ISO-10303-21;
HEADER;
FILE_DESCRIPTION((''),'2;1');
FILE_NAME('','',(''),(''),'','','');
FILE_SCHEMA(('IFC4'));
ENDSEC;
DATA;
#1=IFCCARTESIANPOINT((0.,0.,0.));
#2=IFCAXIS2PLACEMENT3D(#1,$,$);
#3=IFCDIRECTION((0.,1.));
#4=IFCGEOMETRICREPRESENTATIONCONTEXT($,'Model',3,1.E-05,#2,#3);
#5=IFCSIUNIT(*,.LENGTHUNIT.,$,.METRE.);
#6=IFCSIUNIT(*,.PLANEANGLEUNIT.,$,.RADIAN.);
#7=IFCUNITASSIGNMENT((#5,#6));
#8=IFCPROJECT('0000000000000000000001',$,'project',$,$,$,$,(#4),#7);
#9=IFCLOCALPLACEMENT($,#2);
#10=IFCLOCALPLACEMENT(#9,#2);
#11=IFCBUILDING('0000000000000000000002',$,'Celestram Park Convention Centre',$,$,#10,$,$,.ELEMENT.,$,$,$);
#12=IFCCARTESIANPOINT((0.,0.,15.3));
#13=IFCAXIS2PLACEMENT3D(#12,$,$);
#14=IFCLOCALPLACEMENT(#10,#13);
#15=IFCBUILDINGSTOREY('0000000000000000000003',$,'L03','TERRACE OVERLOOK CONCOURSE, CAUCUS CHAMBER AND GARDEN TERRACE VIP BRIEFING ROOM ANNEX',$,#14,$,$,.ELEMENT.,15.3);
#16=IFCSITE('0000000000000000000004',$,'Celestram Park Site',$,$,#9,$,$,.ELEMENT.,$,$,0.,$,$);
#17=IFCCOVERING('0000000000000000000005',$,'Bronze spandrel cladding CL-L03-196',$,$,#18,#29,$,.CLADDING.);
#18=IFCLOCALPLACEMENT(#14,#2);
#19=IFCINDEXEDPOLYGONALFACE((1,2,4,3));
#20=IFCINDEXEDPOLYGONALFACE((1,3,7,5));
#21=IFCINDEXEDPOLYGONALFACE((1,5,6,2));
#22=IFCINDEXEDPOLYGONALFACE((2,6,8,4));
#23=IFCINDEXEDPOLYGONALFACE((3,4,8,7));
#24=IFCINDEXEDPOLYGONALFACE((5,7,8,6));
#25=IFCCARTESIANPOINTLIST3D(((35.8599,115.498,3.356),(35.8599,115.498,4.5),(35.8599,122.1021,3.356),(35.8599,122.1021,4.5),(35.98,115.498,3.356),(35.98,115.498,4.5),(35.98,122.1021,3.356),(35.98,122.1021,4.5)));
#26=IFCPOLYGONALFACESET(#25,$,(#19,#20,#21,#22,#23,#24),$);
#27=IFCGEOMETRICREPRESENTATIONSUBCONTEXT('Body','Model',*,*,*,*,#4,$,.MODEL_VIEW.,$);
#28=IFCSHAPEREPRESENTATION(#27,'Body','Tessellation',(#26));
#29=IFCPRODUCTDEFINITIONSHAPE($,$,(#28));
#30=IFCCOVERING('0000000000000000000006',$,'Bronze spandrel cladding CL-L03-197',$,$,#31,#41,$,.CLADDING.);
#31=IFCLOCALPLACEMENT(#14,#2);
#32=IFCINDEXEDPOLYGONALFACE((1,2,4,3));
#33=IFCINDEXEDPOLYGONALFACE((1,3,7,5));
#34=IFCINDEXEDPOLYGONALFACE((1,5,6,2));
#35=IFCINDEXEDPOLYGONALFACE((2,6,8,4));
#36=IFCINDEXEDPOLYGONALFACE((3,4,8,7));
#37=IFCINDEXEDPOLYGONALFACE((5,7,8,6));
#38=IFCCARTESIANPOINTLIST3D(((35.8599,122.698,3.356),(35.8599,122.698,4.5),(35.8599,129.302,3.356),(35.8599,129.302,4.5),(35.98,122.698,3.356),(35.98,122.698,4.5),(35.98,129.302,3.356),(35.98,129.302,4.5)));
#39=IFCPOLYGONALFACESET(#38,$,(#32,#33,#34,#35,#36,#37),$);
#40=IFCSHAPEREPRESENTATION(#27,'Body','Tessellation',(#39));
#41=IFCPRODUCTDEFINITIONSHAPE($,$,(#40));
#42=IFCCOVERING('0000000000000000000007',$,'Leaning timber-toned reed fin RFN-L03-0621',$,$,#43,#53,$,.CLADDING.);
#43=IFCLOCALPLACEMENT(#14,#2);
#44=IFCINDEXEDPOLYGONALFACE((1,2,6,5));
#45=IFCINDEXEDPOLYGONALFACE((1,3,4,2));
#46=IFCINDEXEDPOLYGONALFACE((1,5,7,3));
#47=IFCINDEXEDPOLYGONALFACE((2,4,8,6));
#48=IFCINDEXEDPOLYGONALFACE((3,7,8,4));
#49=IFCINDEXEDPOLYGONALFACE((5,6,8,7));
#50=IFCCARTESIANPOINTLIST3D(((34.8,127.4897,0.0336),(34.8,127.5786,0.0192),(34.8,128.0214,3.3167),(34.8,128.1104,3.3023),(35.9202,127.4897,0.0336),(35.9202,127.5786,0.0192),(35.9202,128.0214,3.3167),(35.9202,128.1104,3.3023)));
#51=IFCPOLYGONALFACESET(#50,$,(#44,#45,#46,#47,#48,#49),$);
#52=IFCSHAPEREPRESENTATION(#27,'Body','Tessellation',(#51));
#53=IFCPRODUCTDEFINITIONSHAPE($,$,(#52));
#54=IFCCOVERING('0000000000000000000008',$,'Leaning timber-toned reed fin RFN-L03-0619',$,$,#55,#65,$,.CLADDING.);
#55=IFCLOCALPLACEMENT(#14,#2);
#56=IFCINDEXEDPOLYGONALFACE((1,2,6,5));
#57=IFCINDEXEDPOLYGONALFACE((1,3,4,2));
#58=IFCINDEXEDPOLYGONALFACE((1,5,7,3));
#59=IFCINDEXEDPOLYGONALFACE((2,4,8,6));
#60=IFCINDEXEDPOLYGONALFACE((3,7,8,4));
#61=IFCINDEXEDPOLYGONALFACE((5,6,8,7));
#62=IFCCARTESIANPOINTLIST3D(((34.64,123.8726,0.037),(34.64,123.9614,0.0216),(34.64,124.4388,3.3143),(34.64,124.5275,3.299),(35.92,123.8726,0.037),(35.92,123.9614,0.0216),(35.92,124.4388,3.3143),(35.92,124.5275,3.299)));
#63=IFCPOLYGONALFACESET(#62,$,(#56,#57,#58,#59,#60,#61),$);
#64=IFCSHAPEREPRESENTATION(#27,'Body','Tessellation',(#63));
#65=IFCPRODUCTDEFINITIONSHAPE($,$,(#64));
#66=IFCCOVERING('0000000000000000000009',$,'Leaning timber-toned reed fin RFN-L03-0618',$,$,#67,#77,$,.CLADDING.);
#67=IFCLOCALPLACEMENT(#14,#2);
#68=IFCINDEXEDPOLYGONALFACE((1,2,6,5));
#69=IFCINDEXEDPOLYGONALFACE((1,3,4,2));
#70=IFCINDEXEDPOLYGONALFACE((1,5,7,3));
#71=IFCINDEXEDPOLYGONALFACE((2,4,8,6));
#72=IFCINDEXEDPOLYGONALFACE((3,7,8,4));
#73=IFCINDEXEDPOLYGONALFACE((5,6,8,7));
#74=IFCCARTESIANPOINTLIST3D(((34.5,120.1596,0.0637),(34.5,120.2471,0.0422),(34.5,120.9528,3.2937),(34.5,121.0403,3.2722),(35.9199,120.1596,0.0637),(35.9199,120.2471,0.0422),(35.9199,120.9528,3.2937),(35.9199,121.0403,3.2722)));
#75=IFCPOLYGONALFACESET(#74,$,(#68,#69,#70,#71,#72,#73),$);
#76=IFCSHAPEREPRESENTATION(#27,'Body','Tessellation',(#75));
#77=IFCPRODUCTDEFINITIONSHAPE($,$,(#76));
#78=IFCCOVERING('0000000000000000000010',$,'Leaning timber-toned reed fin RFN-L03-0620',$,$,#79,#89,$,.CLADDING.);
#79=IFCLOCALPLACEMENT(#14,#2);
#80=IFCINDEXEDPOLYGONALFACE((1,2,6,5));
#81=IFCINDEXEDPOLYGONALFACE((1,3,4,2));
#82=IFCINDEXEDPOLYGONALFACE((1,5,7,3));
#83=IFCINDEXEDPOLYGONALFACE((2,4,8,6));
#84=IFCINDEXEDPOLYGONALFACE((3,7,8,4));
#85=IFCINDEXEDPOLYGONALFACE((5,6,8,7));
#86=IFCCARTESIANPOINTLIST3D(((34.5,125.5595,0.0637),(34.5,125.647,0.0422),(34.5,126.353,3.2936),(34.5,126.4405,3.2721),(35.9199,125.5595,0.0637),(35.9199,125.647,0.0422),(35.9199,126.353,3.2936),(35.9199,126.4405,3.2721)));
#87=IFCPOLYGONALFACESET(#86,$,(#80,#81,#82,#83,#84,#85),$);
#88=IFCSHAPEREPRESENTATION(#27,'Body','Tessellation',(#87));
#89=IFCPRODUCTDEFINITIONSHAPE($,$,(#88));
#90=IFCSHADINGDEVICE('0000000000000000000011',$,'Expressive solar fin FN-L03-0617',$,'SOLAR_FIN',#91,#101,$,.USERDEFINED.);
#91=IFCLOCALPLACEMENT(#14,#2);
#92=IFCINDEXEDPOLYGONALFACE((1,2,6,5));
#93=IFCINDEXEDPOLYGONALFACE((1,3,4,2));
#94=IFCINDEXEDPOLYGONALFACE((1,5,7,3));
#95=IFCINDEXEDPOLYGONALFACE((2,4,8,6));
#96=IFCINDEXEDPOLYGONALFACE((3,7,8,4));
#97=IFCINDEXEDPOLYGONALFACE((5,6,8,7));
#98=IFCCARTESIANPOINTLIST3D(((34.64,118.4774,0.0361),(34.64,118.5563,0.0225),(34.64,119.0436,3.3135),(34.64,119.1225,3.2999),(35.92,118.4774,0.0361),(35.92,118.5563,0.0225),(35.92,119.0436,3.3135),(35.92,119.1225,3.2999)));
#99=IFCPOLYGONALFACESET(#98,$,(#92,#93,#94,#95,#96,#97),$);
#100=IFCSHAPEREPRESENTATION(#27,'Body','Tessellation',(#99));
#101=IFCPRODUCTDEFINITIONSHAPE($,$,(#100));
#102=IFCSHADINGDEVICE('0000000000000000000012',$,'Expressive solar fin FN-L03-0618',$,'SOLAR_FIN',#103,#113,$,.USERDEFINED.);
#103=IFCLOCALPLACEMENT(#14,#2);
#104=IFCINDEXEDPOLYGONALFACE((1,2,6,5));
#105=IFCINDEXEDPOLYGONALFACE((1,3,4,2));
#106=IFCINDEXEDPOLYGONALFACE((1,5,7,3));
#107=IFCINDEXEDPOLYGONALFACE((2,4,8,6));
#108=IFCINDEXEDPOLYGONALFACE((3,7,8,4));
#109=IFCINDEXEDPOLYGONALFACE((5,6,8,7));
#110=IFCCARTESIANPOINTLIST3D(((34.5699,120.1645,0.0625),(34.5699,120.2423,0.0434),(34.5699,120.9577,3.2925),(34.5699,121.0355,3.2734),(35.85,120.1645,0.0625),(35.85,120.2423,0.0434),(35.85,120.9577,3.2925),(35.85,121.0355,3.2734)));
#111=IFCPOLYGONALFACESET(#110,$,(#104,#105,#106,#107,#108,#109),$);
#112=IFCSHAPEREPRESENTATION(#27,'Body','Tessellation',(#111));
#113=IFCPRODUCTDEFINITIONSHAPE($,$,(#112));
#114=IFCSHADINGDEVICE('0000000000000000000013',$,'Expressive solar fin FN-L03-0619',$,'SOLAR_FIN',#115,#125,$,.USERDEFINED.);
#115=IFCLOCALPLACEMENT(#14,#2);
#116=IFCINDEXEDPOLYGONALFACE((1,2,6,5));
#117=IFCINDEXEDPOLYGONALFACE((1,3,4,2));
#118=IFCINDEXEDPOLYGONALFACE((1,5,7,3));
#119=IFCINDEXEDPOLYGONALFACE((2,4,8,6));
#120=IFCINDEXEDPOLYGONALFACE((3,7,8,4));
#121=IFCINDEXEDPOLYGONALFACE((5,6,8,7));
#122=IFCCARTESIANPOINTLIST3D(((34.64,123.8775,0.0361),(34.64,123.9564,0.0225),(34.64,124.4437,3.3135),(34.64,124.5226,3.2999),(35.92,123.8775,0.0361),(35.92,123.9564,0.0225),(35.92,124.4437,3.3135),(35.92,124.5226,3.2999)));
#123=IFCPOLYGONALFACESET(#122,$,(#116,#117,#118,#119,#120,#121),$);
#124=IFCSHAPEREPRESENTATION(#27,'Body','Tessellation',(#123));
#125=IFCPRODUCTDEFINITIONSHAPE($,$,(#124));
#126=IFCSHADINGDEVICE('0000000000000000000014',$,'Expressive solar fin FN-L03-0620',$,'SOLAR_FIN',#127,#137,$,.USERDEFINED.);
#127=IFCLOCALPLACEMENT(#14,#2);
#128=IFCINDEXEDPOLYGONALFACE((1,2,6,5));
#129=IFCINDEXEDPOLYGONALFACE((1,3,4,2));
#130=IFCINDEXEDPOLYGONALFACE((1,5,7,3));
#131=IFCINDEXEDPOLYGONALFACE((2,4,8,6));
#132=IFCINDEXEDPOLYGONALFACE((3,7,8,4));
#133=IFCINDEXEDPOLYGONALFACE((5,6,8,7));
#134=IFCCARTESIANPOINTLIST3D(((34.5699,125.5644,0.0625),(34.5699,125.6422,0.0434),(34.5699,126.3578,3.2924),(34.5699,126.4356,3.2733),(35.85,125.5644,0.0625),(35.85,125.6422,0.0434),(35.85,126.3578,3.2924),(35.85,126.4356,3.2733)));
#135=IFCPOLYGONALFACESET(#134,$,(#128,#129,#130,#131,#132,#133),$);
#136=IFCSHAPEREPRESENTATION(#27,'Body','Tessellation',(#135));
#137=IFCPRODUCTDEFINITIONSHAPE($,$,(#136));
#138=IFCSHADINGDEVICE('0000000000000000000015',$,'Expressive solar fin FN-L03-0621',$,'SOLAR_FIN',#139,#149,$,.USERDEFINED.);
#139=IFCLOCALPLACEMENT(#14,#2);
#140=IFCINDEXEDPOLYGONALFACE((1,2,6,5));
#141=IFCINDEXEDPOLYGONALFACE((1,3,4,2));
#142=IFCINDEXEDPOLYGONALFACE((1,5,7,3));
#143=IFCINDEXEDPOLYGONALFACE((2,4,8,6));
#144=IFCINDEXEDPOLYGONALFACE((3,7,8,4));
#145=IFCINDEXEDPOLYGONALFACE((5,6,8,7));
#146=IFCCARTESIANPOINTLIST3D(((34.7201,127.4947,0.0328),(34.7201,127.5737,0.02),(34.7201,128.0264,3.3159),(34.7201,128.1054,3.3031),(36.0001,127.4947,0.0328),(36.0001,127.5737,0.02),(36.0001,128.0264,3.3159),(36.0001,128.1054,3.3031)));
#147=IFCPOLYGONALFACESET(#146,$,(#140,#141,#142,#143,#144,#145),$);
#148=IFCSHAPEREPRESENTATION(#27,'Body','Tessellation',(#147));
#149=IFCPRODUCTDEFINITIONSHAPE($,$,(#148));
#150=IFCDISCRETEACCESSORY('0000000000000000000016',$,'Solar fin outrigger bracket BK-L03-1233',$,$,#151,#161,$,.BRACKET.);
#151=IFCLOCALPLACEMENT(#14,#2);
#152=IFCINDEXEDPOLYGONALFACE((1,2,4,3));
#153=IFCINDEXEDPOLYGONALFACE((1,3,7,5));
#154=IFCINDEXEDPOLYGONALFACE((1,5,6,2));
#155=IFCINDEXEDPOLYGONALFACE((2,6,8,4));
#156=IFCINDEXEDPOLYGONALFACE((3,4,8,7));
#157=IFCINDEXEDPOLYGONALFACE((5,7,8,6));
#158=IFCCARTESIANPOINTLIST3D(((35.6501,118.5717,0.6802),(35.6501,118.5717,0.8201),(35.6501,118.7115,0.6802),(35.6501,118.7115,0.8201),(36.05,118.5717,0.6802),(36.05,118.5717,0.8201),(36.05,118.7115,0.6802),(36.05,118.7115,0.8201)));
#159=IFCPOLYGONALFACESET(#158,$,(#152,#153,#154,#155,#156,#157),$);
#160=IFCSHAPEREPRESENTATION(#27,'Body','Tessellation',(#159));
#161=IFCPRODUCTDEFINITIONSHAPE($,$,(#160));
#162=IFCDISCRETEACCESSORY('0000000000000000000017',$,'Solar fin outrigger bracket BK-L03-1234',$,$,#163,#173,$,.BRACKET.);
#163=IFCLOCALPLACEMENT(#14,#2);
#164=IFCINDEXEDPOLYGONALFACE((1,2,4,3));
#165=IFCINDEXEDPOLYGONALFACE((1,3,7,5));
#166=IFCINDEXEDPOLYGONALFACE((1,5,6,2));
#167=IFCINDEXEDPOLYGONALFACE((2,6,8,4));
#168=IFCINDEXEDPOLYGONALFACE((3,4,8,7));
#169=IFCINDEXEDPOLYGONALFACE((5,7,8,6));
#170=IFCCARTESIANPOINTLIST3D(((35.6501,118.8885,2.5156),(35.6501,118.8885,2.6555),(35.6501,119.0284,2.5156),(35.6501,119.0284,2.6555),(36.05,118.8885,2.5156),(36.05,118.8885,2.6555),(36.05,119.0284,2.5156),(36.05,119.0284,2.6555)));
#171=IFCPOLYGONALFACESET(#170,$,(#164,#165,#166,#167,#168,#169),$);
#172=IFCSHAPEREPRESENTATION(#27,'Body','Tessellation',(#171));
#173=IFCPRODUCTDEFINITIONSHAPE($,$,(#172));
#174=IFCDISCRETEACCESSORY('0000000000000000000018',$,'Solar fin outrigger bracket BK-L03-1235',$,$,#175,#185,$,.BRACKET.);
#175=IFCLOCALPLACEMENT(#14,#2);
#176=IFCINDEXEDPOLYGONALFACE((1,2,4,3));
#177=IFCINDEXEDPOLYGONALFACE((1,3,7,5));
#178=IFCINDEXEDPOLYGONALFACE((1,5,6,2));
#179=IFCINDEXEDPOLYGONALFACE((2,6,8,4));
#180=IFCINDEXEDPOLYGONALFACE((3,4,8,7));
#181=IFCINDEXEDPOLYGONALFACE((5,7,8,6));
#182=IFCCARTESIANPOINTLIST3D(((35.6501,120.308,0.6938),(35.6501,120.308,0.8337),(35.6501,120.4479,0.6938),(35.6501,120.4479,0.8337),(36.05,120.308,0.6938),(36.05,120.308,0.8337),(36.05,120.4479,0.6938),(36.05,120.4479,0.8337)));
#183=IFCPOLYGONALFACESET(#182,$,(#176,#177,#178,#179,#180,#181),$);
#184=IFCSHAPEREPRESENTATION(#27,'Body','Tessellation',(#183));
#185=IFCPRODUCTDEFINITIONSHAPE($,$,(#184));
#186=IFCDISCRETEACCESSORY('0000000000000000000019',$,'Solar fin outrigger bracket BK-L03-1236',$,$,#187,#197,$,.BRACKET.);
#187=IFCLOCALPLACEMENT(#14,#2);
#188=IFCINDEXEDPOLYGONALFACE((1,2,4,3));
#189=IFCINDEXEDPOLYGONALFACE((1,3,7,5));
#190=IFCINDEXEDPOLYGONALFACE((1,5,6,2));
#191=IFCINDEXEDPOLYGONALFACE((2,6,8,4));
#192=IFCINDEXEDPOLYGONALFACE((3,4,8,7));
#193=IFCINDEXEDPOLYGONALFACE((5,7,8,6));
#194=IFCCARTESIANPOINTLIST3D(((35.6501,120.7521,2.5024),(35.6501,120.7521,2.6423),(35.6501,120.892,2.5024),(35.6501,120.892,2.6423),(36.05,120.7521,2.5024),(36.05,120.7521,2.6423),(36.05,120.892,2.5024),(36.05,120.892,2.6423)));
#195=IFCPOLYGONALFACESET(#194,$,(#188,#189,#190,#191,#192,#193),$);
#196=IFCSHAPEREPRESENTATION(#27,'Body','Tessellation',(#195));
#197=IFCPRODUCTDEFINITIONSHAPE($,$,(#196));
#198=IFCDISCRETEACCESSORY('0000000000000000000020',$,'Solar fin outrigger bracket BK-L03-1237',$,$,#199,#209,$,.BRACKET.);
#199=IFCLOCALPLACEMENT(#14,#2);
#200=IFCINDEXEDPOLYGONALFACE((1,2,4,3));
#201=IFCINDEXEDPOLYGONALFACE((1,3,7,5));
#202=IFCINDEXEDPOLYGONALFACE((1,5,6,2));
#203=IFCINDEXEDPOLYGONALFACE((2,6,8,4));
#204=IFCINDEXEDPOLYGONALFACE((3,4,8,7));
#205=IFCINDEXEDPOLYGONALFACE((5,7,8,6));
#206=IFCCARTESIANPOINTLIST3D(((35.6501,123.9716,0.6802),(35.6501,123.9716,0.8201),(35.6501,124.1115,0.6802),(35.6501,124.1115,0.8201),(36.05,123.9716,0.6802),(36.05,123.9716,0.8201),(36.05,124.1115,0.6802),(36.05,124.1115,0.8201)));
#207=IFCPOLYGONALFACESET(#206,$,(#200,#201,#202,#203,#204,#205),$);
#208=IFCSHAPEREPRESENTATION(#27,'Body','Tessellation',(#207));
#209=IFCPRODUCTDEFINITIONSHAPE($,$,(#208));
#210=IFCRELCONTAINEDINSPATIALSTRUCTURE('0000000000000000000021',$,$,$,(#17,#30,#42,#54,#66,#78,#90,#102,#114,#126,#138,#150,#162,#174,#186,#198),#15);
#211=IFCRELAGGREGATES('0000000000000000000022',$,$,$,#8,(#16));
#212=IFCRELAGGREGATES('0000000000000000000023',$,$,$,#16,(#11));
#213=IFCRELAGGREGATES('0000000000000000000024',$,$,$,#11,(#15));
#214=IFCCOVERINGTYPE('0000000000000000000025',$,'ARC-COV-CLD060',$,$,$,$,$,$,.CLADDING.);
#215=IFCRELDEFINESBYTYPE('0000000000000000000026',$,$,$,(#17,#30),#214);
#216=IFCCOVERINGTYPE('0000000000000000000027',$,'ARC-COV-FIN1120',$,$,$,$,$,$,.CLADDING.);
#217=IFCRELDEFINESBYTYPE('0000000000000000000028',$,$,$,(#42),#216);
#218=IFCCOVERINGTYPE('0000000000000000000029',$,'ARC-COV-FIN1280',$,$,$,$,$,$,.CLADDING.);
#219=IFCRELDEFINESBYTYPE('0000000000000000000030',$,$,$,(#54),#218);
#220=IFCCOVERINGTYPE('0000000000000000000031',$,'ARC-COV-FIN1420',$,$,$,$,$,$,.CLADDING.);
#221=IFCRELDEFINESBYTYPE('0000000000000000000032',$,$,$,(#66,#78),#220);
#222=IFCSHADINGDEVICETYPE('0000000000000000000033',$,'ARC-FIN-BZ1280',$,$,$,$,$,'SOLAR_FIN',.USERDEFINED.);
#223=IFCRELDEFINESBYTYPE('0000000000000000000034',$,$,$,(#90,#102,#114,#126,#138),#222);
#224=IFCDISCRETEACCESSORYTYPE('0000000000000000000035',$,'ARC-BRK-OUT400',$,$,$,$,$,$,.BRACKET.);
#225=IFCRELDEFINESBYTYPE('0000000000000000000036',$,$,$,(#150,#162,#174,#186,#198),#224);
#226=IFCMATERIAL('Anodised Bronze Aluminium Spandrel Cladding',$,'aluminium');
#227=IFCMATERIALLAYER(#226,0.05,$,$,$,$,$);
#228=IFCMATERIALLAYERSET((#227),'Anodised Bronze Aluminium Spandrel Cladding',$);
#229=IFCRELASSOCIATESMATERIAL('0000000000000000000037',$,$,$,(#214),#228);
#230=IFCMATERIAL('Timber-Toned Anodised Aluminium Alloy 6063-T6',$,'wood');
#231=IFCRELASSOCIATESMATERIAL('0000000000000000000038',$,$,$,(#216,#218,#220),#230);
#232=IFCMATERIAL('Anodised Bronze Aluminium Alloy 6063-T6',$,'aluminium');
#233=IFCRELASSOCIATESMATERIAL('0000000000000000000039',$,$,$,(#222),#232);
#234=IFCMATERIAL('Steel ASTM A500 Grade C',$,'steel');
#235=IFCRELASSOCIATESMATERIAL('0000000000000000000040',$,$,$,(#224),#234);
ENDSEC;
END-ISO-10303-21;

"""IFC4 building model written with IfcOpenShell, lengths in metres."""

from ifc_helpers import new_model, si_unit, direction, frame, origin, origin_2d, place, context, subcontext, project, spatial, rectangle, extrude, material, layer, layer_set, material_profile, profile_set, type_object, element, save


model = new_model("IFC4")

# Units and contexts
model_context = context("Model", 3, precision=1e-05, world=origin(), true_north=direction((0.0, 1.0)))
body_context = subcontext(model_context, "Body", "Model", "MODEL_VIEW")
ifc_project = project(units=[si_unit("LENGTHUNIT", "METRE"), si_unit("PLANEANGLEUNIT", "RADIAN")], contexts=[model_context])

# Site, building, storey
site_placement = place(None, origin())
site = spatial("IfcSite", under=ifc_project, at=site_placement, Name="Celestram Park Site", CompositionType="ELEMENT", RefElevation=0.0)
building_placement = place(site_placement, origin())
building = spatial("IfcBuilding", under=site, at=building_placement, Name="Celestram Park Convention Centre", CompositionType="ELEMENT")
storey_placement = place(building_placement, frame((0.0, 0.0, 15.3)))
storey = spatial("IfcBuildingStorey", under=building, at=storey_placement, Name="L03", Description="TERRACE OVERLOOK CONCOURSE, CAUCUS CHAMBER AND GARDEN TERRACE VIP BRIEFING ROOM ANNEX", CompositionType="ELEMENT", Elevation=15.3)

# Coverings
ifc_material_1 = material(Name="Anodised Bronze Aluminium Spandrel Cladding", Category="aluminium")
ifc_layer = layer(ifc_material_1, 0.05)
ifc_layer_set = layer_set([ifc_layer], Name="Anodised Bronze Aluminium Spandrel Cladding")
covering_type_1 = type_object("IfcCoveringType", Name="ARC-COV-CLD060", PredefinedType="CLADDING", material=ifc_layer_set)
for number, where, z_axis, x_axis, name in (
    (1, (35.9199, 118.8, 3.356), (0.0, 0.0, 1.0), (0.0, 1.0, 0.0), "Bronze spandrel cladding CL-L03-196"),
    (2, (35.9199, 126.0, 3.356), (0.0, 0.0, 1.0), (0.0, 1.0, 0.0), "Bronze spandrel cladding CL-L03-197"),
):
    element("IfcCovering", number, at=place(storey_placement, frame(where, z_axis=z_axis, x_axis=x_axis)), inside=storey, type_object=covering_type_1, Name=name, PredefinedType="CLADDING", context=body_context, shape_type="SweptSolid", body=[
        extrude(rectangle(XDim=6.604, YDim=0.1201, at=origin_2d()), origin(), (0.0, 0.0, 1.0), 1.144),
    ])
ifc_material_2 = material(Name="Timber-Toned Anodised Aluminium Alloy 6063-T6", Category="wood")
ifc_material_profile_1 = material_profile(ifc_material_2, rectangle(XDim=1.1201, YDim=0.0901, at=origin_2d()), Name="REED1120X90")
ifc_profile_set_1 = profile_set([ifc_material_profile_1], Name="Timber-Toned Anodised Aluminium Alloy 6063-T6")
covering_type_2 = type_object("IfcCoveringType", Name="ARC-COV-FIN1120", PredefinedType="CLADDING", material=ifc_profile_set_1)
covering_1_placement = place(storey_placement, frame((35.3601, 127.5342, 0.0264), z_axis=(0.0, 0.159874, 0.987137), x_axis=(-1.0, 0.0, 0.0)))
element("IfcCovering", 3, at=covering_1_placement, inside=storey, type_object=covering_type_2, Name="Leaning timber-toned reed fin RFN-L03-0621", PredefinedType="CLADDING", context=body_context, shape_type="SweptSolid", body=[
    extrude(rectangle(XDim=1.1201, YDim=0.0901, at=origin_2d()), origin(), (0.0, 0.0, 1.0), 3.3259),
])
ifc_material_profile_2 = material_profile(ifc_material_2, rectangle(XDim=1.28, YDim=0.0901, at=origin_2d()), Name="REED1280X90")
ifc_profile_set_2 = profile_set([ifc_material_profile_2], Name="Timber-Toned Anodised Aluminium Alloy 6063-T6")
covering_type_3 = type_object("IfcCoveringType", Name="ARC-COV-FIN1280", PredefinedType="CLADDING", material=ifc_profile_set_2)
covering_2_placement = place(storey_placement, frame((35.28, 123.917, 0.0293), z_axis=(0.0, 0.170229, 0.985405), x_axis=(-1.0, 0.0, 0.0)))
element("IfcCovering", 4, at=covering_2_placement, inside=storey, type_object=covering_type_3, Name="Leaning timber-toned reed fin RFN-L03-0619", PredefinedType="CLADDING", context=body_context, shape_type="SweptSolid", body=[
    extrude(rectangle(XDim=1.28, YDim=0.0901, at=origin_2d()), origin(), (0.0, 0.0, 1.0), 3.3259),
])
ifc_material_profile_3 = material_profile(ifc_material_2, rectangle(XDim=1.4199, YDim=0.0901, at=origin_2d()), Name="REED1420X90")
ifc_profile_set_3 = profile_set([ifc_material_profile_3], Name="Timber-Toned Anodised Aluminium Alloy 6063-T6")
covering_type_4 = type_object("IfcCoveringType", Name="ARC-COV-FIN1420", PredefinedType="CLADDING", material=ifc_profile_set_3)
for number, where, z_axis, x_axis, name in (
    (5, (35.21, 120.2034, 0.053), (0.0, 0.238492, 0.971144), (-1.0, 0.0, 0.0), "Leaning timber-toned reed fin RFN-L03-0618"),
    (6, (35.21, 125.6033, 0.053), (0.0, 0.238561, 0.971127), (-1.0, 0.0, 0.0), "Leaning timber-toned reed fin RFN-L03-0620"),
):
    element("IfcCovering", number, at=place(storey_placement, frame(where, z_axis=z_axis, x_axis=x_axis)), inside=storey, type_object=covering_type_4, Name=name, PredefinedType="CLADDING", context=body_context, shape_type="SweptSolid", body=[
        extrude(rectangle(XDim=1.4199, YDim=0.0901, at=origin_2d()), origin(), (0.0, 0.0, 1.0), 3.3259),
    ])

# Shading devices
ifc_material_3 = material(Name="Anodised Bronze Aluminium Alloy 6063-T6", Category="aluminium")
ifc_material_profile_4 = material_profile(ifc_material_3, rectangle(XDim=1.28, YDim=0.0801, at=origin_2d()), Name="FIN1280X80")
ifc_profile_set_4 = profile_set([ifc_material_profile_4], Name="Anodised Bronze Aluminium Alloy 6063-T6")
shading_device_type = type_object("IfcShadingDeviceType", Name="ARC-FIN-BZ1280", ElementType="SOLAR_FIN", PredefinedType="USERDEFINED", material=ifc_profile_set_4)
for number, where, z_axis, x_axis, name in (
    (7, (35.28, 118.5168, 0.0293), (0.0, 0.170229, 0.985405), (-1.0, 0.0, 0.0), "Expressive solar fin FN-L03-0617"),
    (8, (35.21, 120.2034, 0.053), (0.0, 0.238492, 0.971144), (-1.0, 0.0, 0.0), "Expressive solar fin FN-L03-0618"),
    (9, (35.28, 123.917, 0.0293), (0.0, 0.170229, 0.985405), (-1.0, 0.0, 0.0), "Expressive solar fin FN-L03-0619"),
    (10, (35.21, 125.6033, 0.053), (0.0, 0.238561, 0.971127), (-1.0, 0.0, 0.0), "Expressive solar fin FN-L03-0620"),
    (11, (35.3601, 127.5342, 0.0264), (0.0, 0.159874, 0.987137), (-1.0, 0.0, 0.0), "Expressive solar fin FN-L03-0621"),
):
    element("IfcShadingDevice", number, at=place(storey_placement, frame(where, z_axis=z_axis, x_axis=x_axis)), inside=storey, type_object=shading_device_type, Name=name, ObjectType="SOLAR_FIN", PredefinedType="USERDEFINED", context=body_context, shape_type="SweptSolid", body=[
        extrude(rectangle(XDim=1.28, YDim=0.0801, at=origin_2d()), origin(), (0.0, 0.0, 1.0), 3.3259),
    ])

# Discrete accessories
ifc_material_4 = material(Name="Steel ASTM A500 Grade C", Category="steel")
discrete_accessory_type = type_object("IfcDiscreteAccessoryType", Name="ARC-BRK-OUT400", PredefinedType="BRACKET", material=ifc_material_4)
for number, where, z_axis, x_axis, name in (
    (12, (35.8501, 118.6416, 0.6802), (0.0, 0.0, 1.0), (-1.0, 0.0, 0.0), "Solar fin outrigger bracket BK-L03-1233"),
    (13, (35.8501, 118.9585, 2.5156), (0.0, 0.0, 1.0), (-1.0, 0.0, 0.0), "Solar fin outrigger bracket BK-L03-1234"),
    (14, (35.8501, 120.3779, 0.6938), (0.0, 0.0, 1.0), (-1.0, 0.0, 0.0), "Solar fin outrigger bracket BK-L03-1235"),
    (15, (35.8501, 120.822, 2.5024), (0.0, 0.0, 1.0), (-1.0, 0.0, 0.0), "Solar fin outrigger bracket BK-L03-1236"),
    (16, (35.8501, 124.0415, 0.6802), (0.0, 0.0, 1.0), (-1.0, 0.0, 0.0), "Solar fin outrigger bracket BK-L03-1237"),
):
    element("IfcDiscreteAccessory", number, at=place(storey_placement, frame(where, z_axis=z_axis, x_axis=x_axis)), inside=storey, type_object=discrete_accessory_type, Name=name, PredefinedType="BRACKET", context=body_context, shape_type="SweptSolid", body=[
        extrude(rectangle(XDim=0.3999, YDim=0.1399, at=origin_2d()), origin(), (0.0, 0.0, 1.0), 0.1399),
    ])

save(model, "model.ifc")
